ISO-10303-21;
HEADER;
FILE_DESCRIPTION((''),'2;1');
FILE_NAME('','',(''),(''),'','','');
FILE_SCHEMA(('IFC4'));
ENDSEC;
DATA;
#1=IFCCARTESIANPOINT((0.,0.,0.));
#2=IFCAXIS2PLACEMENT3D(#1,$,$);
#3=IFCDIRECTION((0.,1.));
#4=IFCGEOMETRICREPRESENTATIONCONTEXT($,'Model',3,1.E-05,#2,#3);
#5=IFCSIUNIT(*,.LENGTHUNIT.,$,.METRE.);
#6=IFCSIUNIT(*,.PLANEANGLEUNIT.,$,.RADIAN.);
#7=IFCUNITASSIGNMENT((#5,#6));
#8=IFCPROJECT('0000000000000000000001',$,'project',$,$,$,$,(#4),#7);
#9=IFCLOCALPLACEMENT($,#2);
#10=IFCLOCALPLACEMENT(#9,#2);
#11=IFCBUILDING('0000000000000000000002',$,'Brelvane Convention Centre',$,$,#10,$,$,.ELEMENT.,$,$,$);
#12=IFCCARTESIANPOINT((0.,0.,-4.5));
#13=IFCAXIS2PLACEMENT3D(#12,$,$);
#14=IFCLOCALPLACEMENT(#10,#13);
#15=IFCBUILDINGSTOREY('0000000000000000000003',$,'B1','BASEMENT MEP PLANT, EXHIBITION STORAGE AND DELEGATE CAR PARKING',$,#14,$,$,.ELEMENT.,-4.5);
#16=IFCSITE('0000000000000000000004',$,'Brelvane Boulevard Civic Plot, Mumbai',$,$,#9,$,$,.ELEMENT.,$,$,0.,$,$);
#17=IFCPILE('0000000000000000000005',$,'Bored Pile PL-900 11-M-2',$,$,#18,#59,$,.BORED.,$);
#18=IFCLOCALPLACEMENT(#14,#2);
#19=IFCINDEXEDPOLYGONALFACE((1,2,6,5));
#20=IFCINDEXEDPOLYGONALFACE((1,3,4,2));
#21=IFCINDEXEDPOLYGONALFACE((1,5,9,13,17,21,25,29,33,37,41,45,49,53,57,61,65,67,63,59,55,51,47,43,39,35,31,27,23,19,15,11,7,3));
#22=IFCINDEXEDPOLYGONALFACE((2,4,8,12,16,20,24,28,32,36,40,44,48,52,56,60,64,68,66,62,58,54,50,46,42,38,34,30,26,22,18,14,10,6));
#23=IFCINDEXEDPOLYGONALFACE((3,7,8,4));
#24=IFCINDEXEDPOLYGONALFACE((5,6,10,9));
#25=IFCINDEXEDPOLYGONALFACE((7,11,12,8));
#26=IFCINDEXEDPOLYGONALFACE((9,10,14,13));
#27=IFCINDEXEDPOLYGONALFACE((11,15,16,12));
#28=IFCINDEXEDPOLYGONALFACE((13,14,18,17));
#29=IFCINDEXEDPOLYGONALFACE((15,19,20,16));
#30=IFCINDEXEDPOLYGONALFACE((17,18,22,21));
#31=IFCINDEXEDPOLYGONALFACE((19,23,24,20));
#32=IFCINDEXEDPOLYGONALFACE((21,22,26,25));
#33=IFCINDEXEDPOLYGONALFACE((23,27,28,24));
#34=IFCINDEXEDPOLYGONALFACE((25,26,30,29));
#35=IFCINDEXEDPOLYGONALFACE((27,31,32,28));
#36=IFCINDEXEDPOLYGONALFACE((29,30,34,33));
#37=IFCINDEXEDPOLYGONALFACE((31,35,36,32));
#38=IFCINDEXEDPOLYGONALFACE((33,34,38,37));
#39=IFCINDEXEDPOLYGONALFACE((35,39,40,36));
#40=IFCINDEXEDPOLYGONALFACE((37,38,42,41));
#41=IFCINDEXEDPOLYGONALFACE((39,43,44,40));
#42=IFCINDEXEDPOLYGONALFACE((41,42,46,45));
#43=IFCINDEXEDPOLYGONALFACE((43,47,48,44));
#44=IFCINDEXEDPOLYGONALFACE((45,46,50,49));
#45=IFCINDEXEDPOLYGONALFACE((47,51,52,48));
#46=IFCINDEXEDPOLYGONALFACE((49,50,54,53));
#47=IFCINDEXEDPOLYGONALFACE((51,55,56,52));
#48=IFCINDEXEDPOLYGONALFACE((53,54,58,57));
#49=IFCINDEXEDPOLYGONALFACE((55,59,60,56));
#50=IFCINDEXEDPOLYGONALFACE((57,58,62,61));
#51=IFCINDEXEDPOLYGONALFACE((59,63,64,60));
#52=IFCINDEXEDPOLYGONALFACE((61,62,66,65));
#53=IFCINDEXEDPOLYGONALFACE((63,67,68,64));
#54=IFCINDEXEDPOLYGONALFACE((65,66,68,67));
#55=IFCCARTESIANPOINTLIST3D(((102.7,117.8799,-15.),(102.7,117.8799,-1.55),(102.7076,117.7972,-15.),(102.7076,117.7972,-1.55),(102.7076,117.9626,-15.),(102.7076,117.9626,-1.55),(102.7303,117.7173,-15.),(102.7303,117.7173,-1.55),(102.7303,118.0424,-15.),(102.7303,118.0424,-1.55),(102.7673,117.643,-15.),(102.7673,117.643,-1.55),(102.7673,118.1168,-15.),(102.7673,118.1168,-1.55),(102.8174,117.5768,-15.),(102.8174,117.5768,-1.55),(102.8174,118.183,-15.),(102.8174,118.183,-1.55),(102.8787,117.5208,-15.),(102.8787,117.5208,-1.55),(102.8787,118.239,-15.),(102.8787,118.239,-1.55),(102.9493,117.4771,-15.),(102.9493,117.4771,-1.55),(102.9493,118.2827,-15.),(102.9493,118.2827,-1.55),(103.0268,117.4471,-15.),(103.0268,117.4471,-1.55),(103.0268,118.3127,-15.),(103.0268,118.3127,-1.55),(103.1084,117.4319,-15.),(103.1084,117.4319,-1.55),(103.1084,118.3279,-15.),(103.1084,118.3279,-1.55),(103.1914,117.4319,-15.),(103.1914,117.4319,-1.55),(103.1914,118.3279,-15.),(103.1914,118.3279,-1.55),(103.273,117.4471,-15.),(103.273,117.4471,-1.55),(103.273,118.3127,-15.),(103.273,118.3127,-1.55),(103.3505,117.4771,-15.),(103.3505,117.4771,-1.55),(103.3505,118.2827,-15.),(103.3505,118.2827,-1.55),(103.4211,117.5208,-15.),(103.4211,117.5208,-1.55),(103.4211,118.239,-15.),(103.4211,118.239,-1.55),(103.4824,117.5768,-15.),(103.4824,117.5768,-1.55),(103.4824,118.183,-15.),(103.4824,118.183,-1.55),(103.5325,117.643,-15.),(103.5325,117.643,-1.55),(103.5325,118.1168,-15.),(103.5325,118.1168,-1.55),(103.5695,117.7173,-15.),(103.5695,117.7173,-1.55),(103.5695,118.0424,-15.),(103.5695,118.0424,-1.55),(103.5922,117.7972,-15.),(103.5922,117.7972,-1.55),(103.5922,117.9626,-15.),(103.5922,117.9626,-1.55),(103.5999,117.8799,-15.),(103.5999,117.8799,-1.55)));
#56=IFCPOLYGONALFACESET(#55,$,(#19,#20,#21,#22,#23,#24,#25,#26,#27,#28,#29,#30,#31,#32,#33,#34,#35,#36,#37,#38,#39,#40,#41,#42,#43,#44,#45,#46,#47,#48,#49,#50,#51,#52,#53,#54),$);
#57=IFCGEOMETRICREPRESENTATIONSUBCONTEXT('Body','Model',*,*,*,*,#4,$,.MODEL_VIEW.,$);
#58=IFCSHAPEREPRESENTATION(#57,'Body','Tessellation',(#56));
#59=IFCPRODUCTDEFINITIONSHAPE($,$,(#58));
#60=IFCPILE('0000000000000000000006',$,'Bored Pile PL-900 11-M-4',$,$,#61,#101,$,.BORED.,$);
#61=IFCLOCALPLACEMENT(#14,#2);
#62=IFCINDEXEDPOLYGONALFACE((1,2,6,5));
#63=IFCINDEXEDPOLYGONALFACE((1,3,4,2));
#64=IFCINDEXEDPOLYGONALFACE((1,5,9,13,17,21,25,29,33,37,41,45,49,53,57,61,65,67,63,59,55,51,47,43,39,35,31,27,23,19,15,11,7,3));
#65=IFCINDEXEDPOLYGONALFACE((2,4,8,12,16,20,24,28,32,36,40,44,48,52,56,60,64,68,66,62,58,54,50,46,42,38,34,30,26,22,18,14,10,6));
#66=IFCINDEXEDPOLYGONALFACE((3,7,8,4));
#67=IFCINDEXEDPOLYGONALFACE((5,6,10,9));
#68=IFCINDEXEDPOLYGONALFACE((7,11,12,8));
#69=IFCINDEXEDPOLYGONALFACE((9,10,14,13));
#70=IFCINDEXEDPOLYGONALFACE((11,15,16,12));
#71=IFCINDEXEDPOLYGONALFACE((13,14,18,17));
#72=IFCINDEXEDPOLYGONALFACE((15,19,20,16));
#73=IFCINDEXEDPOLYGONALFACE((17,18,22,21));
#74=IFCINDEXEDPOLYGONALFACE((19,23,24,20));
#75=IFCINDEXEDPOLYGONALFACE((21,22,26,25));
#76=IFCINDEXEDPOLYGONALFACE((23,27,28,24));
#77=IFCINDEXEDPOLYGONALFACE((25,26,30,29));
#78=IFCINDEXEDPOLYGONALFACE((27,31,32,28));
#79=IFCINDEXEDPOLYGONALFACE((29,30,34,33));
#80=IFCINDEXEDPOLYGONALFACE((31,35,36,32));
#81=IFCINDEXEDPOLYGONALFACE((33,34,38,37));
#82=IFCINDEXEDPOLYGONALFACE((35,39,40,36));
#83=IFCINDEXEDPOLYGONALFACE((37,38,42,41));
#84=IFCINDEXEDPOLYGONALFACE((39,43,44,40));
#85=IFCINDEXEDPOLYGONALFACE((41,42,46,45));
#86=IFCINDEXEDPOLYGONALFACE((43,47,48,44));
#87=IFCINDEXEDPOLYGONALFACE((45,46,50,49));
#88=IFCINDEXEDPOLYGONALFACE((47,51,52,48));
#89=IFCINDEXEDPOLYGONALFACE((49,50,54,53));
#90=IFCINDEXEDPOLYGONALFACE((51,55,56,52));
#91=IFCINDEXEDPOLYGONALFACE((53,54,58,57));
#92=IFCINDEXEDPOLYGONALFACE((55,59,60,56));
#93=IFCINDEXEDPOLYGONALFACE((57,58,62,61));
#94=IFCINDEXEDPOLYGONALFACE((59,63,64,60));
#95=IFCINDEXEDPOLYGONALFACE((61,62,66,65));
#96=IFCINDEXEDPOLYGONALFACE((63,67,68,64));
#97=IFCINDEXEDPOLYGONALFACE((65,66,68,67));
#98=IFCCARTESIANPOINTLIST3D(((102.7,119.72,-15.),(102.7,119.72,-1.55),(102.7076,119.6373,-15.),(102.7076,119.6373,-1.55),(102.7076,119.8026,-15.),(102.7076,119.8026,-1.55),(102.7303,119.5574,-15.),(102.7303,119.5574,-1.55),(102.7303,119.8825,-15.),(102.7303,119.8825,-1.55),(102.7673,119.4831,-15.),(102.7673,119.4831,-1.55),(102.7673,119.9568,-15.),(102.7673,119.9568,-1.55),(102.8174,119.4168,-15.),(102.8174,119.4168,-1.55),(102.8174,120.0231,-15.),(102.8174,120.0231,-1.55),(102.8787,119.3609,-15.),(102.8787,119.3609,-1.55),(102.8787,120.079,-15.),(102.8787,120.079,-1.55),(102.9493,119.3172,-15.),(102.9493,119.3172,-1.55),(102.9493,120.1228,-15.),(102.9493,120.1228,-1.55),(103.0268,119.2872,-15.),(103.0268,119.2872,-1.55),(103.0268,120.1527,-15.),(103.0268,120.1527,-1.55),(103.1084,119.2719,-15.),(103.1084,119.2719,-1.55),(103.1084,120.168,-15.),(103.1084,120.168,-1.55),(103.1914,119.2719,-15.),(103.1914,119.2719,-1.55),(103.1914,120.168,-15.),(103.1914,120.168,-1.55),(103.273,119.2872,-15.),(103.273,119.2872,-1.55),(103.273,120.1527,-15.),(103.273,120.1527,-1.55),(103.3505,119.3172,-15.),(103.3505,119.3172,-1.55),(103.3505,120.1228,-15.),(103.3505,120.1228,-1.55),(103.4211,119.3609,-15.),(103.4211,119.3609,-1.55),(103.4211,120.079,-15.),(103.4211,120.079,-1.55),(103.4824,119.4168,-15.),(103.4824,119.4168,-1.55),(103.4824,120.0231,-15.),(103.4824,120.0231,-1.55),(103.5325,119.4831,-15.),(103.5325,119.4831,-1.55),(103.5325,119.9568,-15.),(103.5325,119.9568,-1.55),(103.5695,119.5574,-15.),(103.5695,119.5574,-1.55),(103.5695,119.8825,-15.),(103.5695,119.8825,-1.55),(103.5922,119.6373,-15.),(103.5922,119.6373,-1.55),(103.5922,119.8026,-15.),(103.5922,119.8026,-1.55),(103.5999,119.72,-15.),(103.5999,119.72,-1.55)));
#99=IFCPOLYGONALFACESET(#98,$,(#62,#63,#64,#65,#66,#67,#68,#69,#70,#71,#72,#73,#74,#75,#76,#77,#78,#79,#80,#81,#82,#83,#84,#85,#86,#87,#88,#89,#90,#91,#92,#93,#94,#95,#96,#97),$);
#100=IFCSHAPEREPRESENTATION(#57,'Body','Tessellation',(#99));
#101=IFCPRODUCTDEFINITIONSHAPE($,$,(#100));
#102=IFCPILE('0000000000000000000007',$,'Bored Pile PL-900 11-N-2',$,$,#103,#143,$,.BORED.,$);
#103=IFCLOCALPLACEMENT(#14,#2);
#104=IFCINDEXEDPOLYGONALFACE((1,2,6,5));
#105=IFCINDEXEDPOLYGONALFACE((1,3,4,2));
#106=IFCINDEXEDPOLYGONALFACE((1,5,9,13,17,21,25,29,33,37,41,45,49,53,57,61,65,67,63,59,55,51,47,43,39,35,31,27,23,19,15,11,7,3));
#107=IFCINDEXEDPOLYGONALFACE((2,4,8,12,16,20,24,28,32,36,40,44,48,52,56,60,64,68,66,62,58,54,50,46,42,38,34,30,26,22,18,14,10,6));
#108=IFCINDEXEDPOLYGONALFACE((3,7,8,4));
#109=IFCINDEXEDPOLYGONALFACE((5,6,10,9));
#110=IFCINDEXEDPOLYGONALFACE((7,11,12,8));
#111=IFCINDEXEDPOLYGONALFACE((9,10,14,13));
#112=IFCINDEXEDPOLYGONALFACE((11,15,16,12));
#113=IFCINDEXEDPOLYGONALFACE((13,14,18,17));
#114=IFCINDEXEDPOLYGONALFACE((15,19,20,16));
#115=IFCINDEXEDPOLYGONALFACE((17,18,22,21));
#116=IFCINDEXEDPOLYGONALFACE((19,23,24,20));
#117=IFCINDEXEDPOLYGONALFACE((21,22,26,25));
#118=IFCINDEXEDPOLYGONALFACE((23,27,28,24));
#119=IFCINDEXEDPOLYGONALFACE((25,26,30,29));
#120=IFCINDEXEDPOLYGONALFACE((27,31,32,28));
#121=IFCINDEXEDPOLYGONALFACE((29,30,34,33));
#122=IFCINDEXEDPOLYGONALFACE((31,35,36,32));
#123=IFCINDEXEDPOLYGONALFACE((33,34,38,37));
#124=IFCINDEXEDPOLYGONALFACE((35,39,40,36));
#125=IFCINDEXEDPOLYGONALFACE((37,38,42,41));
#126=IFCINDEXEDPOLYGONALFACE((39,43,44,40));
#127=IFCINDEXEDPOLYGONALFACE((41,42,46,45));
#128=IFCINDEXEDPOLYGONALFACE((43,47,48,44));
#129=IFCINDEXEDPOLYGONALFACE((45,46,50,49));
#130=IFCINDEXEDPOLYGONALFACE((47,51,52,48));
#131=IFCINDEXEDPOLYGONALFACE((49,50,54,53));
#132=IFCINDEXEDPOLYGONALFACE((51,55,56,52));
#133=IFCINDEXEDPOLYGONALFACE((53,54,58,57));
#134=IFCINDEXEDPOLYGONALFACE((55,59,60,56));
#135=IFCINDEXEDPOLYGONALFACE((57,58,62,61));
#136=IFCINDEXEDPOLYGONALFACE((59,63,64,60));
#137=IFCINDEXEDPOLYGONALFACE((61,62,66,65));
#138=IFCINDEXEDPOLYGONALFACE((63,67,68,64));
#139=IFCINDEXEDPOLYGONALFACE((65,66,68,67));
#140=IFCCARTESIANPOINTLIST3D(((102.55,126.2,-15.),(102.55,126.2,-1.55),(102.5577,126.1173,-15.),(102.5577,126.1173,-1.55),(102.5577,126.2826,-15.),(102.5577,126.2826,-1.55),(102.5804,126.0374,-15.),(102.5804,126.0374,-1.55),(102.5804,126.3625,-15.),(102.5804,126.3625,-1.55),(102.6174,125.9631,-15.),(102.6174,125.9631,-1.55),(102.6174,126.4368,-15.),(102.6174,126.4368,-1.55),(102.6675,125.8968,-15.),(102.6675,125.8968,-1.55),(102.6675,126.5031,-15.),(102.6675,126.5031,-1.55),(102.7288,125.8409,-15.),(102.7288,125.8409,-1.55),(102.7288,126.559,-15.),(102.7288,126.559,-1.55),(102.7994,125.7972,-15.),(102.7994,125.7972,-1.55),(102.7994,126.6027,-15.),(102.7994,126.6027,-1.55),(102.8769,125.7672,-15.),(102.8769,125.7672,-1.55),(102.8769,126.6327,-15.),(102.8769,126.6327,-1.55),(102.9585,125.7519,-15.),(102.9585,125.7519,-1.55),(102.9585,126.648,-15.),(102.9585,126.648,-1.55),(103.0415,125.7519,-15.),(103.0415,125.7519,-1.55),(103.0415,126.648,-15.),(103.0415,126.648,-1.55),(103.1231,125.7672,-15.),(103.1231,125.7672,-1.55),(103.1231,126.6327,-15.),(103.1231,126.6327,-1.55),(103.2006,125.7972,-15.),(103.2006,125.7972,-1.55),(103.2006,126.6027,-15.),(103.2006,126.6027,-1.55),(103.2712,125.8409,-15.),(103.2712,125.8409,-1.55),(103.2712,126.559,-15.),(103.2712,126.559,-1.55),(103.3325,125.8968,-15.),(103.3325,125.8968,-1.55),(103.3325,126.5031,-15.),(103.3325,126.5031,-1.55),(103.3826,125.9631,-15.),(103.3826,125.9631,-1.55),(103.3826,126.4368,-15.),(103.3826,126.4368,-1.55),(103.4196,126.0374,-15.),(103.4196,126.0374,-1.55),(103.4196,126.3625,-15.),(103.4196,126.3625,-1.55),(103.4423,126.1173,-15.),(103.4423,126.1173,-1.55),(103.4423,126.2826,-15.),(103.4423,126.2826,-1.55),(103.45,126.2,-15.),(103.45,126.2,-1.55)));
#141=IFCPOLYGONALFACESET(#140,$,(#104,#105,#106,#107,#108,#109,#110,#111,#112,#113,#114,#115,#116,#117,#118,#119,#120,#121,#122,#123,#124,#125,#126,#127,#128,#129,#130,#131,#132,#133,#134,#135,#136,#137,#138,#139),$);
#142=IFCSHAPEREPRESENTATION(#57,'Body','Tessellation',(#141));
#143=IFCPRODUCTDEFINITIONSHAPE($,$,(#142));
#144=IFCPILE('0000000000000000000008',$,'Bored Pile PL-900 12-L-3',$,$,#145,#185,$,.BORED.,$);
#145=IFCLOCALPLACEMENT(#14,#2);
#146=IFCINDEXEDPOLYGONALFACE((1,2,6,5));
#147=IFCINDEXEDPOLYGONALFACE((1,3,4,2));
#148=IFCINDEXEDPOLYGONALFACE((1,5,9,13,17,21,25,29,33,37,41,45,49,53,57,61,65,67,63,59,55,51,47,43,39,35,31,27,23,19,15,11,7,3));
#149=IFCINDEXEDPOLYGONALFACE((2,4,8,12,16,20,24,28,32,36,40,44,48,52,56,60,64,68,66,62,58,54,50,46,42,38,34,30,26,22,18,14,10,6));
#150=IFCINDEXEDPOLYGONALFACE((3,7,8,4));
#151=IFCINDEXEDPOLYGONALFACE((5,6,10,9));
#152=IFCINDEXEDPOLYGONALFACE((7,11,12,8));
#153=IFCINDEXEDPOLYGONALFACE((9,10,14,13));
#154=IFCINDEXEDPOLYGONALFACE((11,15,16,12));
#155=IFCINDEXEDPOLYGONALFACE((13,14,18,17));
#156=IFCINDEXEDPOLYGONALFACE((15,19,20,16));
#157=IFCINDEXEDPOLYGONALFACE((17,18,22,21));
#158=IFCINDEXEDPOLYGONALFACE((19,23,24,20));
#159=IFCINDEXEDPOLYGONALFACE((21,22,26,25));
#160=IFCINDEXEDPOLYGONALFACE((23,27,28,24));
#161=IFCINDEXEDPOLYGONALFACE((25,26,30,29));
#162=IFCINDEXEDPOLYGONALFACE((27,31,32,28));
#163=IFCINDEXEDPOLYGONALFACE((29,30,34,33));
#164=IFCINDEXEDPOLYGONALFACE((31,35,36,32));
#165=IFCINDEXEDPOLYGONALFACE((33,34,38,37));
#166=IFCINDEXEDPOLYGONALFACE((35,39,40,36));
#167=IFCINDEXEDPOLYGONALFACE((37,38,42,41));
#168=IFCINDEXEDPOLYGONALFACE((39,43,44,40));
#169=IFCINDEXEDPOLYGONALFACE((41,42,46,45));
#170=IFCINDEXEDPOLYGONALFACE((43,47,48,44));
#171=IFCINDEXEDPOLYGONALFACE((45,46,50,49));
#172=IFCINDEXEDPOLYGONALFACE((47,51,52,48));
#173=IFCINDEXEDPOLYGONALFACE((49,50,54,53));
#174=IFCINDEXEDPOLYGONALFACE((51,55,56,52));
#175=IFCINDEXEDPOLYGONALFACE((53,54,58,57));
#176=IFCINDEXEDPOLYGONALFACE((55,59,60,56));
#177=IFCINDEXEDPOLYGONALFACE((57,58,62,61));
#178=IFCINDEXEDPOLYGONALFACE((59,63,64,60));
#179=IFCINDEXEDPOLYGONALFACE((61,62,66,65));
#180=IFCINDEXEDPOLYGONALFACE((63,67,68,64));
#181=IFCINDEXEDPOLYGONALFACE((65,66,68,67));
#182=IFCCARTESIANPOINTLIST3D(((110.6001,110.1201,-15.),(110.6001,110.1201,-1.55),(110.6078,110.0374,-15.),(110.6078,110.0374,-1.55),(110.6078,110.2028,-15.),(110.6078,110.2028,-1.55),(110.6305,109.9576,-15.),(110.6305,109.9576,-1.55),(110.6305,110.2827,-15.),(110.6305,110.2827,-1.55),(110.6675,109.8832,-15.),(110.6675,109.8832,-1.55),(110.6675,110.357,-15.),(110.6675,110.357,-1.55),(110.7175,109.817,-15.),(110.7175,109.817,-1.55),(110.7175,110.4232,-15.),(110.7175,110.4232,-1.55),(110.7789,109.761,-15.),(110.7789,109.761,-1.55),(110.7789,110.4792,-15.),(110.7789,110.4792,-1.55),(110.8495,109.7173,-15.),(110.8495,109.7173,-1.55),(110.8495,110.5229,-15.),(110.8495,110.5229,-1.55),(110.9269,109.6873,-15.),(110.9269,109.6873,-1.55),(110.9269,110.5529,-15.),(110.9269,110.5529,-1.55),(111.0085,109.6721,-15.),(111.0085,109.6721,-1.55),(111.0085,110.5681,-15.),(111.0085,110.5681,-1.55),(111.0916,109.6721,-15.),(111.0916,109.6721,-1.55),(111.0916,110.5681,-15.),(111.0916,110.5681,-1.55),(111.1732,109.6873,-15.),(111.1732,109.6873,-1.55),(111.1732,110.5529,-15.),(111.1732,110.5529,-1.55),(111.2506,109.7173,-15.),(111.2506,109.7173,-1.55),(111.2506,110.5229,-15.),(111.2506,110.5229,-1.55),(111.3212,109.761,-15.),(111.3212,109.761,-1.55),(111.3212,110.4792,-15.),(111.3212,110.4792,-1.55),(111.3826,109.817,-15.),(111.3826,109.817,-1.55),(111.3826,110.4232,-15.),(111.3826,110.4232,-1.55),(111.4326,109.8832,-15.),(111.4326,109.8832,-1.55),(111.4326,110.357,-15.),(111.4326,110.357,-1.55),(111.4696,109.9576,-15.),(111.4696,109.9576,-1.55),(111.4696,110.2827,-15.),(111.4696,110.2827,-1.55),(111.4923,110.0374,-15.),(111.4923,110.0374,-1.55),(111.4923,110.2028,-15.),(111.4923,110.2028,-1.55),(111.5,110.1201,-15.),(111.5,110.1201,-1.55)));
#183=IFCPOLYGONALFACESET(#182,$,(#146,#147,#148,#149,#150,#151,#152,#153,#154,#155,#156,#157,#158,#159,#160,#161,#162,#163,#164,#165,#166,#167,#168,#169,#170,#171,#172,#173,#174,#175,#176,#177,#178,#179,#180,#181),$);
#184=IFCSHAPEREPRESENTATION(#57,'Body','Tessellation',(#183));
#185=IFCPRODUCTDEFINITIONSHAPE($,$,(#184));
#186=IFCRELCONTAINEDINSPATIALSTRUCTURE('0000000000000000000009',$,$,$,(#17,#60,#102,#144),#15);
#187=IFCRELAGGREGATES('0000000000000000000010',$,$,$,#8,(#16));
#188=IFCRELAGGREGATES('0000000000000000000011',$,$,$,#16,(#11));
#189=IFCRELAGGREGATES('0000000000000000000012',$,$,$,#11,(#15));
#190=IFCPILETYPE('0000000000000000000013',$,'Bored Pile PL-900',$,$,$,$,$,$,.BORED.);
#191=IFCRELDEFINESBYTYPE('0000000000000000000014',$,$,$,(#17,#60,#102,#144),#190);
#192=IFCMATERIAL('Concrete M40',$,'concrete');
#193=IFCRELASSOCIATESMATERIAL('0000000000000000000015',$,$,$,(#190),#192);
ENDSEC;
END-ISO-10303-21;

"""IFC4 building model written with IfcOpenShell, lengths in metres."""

from ifc_helpers import new_model, si_unit, direction, frame, origin, origin_2d, place, context, subcontext, project, spatial, circle, extrude, material, material_profile, profile_set, type_object, element, save


model = new_model("IFC4")

# Units and contexts
model_context = context("Model", 3, precision=1e-05, world=origin(), true_north=direction((0.0, 1.0)))
body_context = subcontext(model_context, "Body", "Model", "MODEL_VIEW")
ifc_project = project(units=[si_unit("LENGTHUNIT", "METRE"), si_unit("PLANEANGLEUNIT", "RADIAN")], contexts=[model_context])

# Site, building, storey
site_placement = place(None, origin())
site = spatial("IfcSite", under=ifc_project, at=site_placement, Name="Brelvane Boulevard Civic Plot, Mumbai", CompositionType="ELEMENT", RefElevation=0.0)
building_placement = place(site_placement, origin())
building = spatial("IfcBuilding", under=site, at=building_placement, Name="Brelvane Convention Centre", CompositionType="ELEMENT")
storey_placement = place(building_placement, frame((0.0, 0.0, -4.5)))
storey = spatial("IfcBuildingStorey", under=building, at=storey_placement, Name="B1", Description="BASEMENT MEP PLANT, EXHIBITION STORAGE AND DELEGATE CAR PARKING", CompositionType="ELEMENT", Elevation=-4.5)

# Piles
ifc_material_1 = material(Name="Concrete M40", Category="concrete")
ifc_material_profile_1 = material_profile(ifc_material_1, circle(Radius=0.45, at=origin_2d()), Name="PILE D900")
ifc_profile_set_1 = profile_set([ifc_material_profile_1], Name="Concrete M40")
pile_type = type_object("IfcPileType", Name="Bored Pile PL-900", PredefinedType="BORED", material=ifc_profile_set_1)
for number, where, z_axis, x_axis, name in (
    (1, (103.1499, 117.8799, -1.55), (0.0, 0.0, -1.0), (1.0, 0.0, 0.0), "Bored Pile PL-900 11-M-2"),
    (2, (103.1499, 119.72, -1.55), (0.0, 0.0, -1.0), (1.0, 0.0, 0.0), "Bored Pile PL-900 11-M-4"),
    (3, (103.0, 126.2, -1.55), (0.0, 0.0, -1.0), (1.0, 0.0, 0.0), "Bored Pile PL-900 11-N-2"),
    (4, (111.05, 110.1201, -1.55), (0.0, 0.0, -1.0), (1.0, 0.0, 0.0), "Bored Pile PL-900 12-L-3"),
):
    element("IfcPile", number, at=place(storey_placement, frame(where, z_axis=z_axis, x_axis=x_axis)), inside=storey, type_object=pile_type, Name=name, PredefinedType="BORED", context=body_context, shape_type="SweptSolid", body=[
        extrude(circle(Radius=0.45, at=origin_2d()), origin(), (0.0, 0.0, 1.0), 13.45),
    ])

save(model, "model.ifc")
